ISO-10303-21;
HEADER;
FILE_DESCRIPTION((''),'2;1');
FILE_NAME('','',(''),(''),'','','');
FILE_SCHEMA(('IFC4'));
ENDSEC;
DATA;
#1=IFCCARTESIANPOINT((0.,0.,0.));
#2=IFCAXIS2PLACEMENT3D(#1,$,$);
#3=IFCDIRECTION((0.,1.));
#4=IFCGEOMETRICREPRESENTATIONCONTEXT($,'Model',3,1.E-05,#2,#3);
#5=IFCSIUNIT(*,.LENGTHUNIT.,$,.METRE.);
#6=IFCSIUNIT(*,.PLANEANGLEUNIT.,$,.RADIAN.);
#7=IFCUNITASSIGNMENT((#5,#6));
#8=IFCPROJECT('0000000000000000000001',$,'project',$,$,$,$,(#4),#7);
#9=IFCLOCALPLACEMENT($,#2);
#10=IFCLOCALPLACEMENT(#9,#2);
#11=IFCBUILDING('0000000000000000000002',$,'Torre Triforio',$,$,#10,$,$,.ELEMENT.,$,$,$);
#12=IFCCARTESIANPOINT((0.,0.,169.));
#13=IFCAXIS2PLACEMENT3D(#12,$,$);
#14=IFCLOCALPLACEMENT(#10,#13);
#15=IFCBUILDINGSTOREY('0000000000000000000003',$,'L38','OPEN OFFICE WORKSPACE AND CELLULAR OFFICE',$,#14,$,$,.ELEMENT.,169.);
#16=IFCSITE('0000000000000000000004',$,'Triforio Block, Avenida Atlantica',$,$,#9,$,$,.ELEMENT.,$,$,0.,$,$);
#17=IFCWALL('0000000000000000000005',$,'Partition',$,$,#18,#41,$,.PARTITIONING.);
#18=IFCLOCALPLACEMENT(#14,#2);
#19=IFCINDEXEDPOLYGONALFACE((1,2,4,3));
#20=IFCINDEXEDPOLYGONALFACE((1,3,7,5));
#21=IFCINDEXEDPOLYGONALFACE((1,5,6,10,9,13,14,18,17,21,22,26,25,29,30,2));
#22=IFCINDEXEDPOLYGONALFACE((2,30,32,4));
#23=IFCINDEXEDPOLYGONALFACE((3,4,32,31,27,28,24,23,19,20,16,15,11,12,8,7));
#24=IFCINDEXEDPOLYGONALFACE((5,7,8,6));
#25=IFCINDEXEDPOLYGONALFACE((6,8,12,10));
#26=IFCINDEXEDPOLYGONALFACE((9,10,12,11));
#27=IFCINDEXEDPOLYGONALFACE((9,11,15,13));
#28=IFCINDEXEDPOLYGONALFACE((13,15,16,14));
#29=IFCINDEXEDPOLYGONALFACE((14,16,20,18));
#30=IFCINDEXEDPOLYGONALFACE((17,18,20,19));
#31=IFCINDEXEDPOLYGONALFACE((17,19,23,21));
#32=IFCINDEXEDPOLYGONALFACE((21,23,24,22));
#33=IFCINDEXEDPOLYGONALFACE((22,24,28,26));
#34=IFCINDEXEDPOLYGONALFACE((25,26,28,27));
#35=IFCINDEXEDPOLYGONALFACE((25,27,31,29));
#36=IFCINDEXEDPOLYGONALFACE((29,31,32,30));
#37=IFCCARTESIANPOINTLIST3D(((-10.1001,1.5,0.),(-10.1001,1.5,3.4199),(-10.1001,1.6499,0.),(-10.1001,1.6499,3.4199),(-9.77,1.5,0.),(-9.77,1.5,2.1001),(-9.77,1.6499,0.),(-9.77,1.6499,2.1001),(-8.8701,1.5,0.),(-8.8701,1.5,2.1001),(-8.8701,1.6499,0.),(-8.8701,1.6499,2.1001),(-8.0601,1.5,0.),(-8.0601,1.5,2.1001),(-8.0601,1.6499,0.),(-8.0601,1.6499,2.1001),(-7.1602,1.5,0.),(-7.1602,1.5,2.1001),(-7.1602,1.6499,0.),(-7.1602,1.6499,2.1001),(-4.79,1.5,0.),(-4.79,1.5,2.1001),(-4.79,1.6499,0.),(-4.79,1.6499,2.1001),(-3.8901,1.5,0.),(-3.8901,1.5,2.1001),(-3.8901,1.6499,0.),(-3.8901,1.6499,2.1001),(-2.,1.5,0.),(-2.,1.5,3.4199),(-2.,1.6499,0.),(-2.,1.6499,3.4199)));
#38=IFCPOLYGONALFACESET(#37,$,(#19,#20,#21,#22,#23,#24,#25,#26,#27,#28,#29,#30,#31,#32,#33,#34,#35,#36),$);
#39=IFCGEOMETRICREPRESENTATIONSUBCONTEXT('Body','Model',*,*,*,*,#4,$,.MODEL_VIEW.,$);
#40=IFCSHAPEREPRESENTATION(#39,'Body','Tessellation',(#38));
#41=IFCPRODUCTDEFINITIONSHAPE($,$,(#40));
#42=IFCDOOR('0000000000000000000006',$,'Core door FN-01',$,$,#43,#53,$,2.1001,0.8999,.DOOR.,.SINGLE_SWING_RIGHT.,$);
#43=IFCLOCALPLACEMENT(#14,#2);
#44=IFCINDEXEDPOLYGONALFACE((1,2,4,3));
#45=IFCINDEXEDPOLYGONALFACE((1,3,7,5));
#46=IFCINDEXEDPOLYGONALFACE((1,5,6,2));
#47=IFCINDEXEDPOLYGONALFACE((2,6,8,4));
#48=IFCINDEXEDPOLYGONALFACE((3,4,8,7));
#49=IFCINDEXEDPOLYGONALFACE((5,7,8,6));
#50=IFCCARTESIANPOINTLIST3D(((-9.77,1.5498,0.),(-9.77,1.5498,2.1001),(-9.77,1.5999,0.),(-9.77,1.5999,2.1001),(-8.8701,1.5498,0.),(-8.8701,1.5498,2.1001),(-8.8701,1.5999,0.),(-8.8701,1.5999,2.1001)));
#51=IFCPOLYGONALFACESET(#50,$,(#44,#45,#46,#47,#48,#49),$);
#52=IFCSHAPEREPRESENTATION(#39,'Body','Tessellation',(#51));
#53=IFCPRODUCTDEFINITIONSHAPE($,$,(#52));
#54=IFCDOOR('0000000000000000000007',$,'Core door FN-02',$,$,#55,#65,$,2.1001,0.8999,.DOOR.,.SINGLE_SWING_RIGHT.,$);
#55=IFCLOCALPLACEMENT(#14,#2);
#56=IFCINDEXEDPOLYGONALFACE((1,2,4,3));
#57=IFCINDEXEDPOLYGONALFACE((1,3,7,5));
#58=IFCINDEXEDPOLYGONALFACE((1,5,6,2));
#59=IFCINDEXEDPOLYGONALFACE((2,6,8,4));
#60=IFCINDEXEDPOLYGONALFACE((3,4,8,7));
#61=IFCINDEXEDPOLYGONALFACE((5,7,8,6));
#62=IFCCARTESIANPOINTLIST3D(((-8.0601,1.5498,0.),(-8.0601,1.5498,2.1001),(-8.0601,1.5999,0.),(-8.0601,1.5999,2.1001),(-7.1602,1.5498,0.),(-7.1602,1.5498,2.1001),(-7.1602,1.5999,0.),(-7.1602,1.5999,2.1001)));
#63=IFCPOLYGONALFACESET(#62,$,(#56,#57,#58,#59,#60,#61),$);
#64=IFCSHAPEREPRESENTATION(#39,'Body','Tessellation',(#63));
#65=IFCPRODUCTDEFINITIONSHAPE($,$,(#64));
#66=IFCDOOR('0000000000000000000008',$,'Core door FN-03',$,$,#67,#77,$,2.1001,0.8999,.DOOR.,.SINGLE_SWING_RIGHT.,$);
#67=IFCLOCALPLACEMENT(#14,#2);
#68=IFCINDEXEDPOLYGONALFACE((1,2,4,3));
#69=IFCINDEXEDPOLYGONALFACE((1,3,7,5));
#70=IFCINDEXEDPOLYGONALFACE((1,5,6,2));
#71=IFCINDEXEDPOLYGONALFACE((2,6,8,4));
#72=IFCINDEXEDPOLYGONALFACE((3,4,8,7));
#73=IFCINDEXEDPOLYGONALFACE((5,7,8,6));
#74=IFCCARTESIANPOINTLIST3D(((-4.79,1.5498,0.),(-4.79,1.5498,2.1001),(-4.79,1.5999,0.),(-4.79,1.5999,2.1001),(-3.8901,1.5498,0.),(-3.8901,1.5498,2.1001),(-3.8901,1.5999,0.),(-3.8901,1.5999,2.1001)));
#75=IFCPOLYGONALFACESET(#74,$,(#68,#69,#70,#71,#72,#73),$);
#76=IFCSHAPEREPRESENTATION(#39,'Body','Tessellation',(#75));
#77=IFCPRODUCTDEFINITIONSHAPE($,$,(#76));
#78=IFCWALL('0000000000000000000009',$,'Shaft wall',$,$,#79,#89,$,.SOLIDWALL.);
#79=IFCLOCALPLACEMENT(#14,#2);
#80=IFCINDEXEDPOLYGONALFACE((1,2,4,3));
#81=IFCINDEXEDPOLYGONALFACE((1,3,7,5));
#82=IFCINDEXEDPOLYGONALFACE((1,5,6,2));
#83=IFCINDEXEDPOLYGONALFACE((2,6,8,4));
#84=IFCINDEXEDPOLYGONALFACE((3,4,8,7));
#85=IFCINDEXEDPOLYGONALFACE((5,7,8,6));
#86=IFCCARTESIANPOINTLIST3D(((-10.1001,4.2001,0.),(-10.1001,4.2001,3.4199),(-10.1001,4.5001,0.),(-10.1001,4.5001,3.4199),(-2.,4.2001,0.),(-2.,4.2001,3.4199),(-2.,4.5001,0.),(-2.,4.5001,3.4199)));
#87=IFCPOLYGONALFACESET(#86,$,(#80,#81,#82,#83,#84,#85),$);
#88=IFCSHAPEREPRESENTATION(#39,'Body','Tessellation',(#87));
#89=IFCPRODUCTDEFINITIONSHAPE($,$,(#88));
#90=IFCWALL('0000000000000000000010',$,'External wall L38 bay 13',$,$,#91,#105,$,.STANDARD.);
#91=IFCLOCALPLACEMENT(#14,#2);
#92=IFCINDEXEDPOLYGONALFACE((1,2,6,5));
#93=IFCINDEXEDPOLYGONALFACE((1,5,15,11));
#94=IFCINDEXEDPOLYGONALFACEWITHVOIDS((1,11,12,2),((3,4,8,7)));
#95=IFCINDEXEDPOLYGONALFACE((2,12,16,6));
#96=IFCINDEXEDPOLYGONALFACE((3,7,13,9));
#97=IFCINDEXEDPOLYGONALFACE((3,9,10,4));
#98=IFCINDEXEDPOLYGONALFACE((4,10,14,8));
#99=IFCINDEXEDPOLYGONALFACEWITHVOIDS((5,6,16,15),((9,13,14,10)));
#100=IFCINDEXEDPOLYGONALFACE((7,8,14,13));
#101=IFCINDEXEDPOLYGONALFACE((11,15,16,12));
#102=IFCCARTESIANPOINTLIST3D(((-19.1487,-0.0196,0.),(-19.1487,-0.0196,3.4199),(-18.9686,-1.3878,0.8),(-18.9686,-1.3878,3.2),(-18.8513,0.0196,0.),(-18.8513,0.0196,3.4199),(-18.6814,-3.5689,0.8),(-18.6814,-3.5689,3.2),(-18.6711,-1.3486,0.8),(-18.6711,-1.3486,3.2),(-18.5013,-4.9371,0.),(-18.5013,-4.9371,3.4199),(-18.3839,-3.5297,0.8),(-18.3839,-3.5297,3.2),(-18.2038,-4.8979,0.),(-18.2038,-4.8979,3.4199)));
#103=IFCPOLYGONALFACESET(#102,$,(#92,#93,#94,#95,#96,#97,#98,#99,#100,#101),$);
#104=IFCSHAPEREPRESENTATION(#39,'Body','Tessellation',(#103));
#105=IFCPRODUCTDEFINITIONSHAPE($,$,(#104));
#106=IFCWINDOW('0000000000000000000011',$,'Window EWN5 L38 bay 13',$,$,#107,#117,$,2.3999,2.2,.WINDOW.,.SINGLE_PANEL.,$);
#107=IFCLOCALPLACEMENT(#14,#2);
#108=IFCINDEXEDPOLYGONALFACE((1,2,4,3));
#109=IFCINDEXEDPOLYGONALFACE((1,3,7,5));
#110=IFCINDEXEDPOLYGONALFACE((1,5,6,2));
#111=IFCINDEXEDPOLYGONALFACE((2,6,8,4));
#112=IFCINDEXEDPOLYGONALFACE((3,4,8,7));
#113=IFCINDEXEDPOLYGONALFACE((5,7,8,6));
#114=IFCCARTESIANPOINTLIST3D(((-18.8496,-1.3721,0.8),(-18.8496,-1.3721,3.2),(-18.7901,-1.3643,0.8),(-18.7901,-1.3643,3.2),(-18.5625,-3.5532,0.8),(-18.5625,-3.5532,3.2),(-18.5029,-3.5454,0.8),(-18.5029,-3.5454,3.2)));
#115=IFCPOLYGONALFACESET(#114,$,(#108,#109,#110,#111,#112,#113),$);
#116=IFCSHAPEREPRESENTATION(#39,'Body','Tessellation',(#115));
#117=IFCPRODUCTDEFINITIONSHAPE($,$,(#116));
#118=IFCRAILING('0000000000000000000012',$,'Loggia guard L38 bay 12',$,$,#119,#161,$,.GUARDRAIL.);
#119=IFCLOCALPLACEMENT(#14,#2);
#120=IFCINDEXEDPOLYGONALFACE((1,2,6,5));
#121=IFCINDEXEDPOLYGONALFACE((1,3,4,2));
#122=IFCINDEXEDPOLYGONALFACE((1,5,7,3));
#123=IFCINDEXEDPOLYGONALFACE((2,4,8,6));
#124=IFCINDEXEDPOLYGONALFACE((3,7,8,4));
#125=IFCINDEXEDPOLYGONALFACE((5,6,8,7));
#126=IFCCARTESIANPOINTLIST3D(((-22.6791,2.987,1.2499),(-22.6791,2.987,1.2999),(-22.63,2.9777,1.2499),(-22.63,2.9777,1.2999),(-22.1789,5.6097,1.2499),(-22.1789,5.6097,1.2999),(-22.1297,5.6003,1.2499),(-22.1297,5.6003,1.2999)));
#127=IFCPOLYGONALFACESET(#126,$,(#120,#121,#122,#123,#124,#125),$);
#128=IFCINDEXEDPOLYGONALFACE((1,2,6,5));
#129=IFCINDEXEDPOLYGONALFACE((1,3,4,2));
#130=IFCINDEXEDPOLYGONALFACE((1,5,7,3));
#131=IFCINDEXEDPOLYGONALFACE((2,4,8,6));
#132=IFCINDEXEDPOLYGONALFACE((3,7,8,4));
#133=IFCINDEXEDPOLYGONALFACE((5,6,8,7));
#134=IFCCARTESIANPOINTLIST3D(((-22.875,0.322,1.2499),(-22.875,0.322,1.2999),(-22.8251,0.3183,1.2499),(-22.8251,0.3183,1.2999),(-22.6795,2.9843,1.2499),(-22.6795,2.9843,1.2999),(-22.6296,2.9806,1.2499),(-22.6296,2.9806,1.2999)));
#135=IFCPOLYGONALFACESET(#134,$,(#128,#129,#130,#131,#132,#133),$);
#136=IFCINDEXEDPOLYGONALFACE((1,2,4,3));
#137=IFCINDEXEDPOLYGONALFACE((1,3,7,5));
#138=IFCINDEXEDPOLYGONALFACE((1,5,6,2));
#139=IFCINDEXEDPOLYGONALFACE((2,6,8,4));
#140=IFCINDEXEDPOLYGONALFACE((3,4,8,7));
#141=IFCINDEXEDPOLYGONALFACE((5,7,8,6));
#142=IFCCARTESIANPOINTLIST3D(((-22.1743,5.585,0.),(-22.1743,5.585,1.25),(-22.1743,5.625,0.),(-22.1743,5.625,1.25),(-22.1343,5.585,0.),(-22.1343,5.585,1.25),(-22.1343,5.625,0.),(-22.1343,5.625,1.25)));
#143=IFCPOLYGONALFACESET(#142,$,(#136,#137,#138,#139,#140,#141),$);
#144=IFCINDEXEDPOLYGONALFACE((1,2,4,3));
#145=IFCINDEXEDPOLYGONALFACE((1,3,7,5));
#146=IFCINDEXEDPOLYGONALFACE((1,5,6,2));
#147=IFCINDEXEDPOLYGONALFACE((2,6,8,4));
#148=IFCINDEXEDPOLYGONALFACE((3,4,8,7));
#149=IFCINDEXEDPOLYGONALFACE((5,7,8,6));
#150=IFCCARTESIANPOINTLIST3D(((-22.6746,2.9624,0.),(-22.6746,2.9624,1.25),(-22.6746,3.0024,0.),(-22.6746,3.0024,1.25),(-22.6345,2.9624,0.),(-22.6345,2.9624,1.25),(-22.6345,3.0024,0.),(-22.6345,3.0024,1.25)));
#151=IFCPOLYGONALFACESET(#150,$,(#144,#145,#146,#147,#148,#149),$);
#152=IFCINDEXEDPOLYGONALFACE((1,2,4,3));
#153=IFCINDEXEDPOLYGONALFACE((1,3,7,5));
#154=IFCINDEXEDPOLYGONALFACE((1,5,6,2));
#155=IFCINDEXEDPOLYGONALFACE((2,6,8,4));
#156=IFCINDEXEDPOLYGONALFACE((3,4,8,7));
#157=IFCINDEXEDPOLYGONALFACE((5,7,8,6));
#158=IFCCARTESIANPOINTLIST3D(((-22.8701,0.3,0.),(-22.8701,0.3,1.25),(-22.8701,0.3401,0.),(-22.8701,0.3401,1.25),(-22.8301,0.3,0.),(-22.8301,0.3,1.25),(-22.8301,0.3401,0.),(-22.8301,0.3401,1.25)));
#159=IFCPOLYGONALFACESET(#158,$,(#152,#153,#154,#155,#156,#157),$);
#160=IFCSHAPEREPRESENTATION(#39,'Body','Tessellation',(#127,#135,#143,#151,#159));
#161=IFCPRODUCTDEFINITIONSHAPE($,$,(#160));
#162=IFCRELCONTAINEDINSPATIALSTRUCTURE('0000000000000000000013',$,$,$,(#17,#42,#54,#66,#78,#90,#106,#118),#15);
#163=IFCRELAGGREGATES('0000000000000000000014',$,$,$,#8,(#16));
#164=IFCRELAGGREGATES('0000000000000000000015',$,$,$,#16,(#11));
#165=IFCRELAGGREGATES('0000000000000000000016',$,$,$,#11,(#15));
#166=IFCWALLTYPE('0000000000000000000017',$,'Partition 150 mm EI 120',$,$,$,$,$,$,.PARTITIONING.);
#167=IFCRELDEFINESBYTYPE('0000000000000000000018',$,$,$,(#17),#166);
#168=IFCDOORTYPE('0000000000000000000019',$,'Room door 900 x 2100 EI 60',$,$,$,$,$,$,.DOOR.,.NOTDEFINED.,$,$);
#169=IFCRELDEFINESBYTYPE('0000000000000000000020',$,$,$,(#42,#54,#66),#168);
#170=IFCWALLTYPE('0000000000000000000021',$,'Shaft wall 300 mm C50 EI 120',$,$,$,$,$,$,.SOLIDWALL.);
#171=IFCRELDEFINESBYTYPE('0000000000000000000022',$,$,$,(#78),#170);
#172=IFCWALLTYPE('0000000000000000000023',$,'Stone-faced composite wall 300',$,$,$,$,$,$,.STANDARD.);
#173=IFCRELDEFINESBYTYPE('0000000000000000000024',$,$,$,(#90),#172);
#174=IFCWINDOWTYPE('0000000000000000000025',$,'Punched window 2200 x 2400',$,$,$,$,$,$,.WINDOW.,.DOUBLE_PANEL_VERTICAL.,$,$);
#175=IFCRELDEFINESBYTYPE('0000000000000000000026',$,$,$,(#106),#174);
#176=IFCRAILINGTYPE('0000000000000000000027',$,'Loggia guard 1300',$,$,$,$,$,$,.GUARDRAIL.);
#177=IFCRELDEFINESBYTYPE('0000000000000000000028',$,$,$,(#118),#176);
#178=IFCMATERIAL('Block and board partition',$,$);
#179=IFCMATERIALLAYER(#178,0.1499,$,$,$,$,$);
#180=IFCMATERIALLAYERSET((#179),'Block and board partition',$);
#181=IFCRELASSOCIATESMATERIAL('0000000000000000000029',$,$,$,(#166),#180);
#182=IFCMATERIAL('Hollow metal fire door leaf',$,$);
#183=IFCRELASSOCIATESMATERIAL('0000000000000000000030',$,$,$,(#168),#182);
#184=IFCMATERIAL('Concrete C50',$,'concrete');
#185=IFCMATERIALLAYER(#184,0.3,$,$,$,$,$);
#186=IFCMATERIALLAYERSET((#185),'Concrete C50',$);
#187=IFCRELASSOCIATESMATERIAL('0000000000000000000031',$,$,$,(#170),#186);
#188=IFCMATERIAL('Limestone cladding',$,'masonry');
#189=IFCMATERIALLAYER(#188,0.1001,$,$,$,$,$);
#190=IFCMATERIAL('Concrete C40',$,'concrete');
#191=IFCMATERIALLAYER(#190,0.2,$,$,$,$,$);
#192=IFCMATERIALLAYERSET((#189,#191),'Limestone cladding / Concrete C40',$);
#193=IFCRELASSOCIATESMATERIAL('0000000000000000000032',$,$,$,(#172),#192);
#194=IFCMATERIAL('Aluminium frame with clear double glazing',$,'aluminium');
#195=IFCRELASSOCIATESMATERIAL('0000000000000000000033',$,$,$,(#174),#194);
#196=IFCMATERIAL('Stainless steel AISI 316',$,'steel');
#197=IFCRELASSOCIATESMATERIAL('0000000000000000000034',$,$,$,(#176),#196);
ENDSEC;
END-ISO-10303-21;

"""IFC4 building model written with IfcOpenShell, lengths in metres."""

from ifc_helpers import new_model, si_unit, direction, frame, frame_2d, origin, origin_2d, place, context, subcontext, project, spatial, rectangle, extrude, material, layer, layer_set, type_object, element, fill, save


model = new_model("IFC4")

# Units and contexts
model_context = context("Model", 3, precision=1e-05, world=origin(), true_north=direction((0.0, 1.0)))
body_context = subcontext(model_context, "Body", "Model", "MODEL_VIEW")
ifc_project = project(units=[si_unit("LENGTHUNIT", "METRE"), si_unit("PLANEANGLEUNIT", "RADIAN")], contexts=[model_context])

# Site, building, storey
site_placement = place(None, origin())
site = spatial("IfcSite", under=ifc_project, at=site_placement, Name="Triforio Block, Avenida Atlantica", CompositionType="ELEMENT", RefElevation=0.0)
building_placement = place(site_placement, origin())
building = spatial("IfcBuilding", under=site, at=building_placement, Name="Torre Triforio", CompositionType="ELEMENT")
storey_placement = place(building_placement, frame((0.0, 0.0, 169.0)))
storey = spatial("IfcBuildingStorey", under=building, at=storey_placement, Name="L38", Description="OPEN OFFICE WORKSPACE AND CELLULAR OFFICE", CompositionType="ELEMENT", Elevation=169.0)

# Shared definitions
ifc_material_1 = material(Name="Concrete C50", Category="concrete")

# Shared definitions
ifc_material_2 = material(Name="Concrete C40", Category="concrete")

# Shared definitions
ifc_material_3 = material(Name="Hollow metal fire door leaf")

# Wall, openings, doors
ifc_material_4 = material(Name="Block and board partition")
ifc_layer_1 = layer(ifc_material_4, 0.1499)
ifc_layer_set_1 = layer_set([ifc_layer_1], Name="Block and board partition")
wall_type_1 = type_object("IfcWallType", Name="Partition 150 mm EI 120", PredefinedType="PARTITIONING", material=ifc_layer_set_1)
wall_1_placement = place(storey_placement, frame((-10.1001, 1.575, 0.0), z_axis=(0.0, 0.0, 1.0), x_axis=(1.0, 0.0, 0.0)))
wall_1 = element("IfcWall", 1, at=wall_1_placement, inside=storey, type_object=wall_type_1, Name="Partition", PredefinedType="PARTITIONING", context=body_context, shape_type="SweptSolid", body=[
    extrude(rectangle(XDim=8.1001, YDim=0.1499, at=frame_2d((4.05, 0.0))), origin(), (0.0, 0.0, 1.0), 3.4199),
])
opening_1_placement = place(wall_1_placement, frame((0.3301, 0.0, 0.0)))
opening_1 = element("IfcOpeningElement", 2, at=opening_1_placement, cuts=wall_1, PredefinedType="OPENING", context=body_context, shape_type="SweptSolid", body=[
    extrude(rectangle(XDim=0.8999, YDim=2.1001, at=frame_2d((0.45, 1.05))), frame((0.0, 0.085, 0.0), z_axis=(0.0, -1.0, 0.0), x_axis=(1.0, 0.0, 0.0)), (0.0, 0.0, 1.0), 0.1699),
])
opening_2_placement = place(wall_1_placement, frame((2.04, 0.0, 0.0)))
opening_2 = element("IfcOpeningElement", 3, at=opening_2_placement, cuts=wall_1, PredefinedType="OPENING", context=body_context, shape_type="SweptSolid", body=[
    extrude(rectangle(XDim=0.8999, YDim=2.1001, at=frame_2d((0.45, 1.05))), frame((0.0, 0.085, 0.0), z_axis=(0.0, -1.0, 0.0), x_axis=(1.0, 0.0, 0.0)), (0.0, 0.0, 1.0), 0.1699),
])
opening_3_placement = place(wall_1_placement, frame((5.3101, 0.0, 0.0)))
opening_3 = element("IfcOpeningElement", 4, at=opening_3_placement, cuts=wall_1, PredefinedType="OPENING", context=body_context, shape_type="SweptSolid", body=[
    extrude(rectangle(XDim=0.8999, YDim=2.1001, at=frame_2d((0.45, 1.05))), frame((0.0, 0.085, 0.0), z_axis=(0.0, -1.0, 0.0), x_axis=(1.0, 0.0, 0.0)), (0.0, 0.0, 1.0), 0.1699),
])
door_type_1 = type_object("IfcDoorType", Name="Room door 900 x 2100 EI 60", OperationType="NOTDEFINED", PredefinedType="DOOR", material=ifc_material_3)
door_1_placement = place(opening_1_placement, origin())
door_1 = element("IfcDoor", 5, at=door_1_placement, inside=storey, type_object=door_type_1, Name="Core door FN-01", OperationType="SINGLE_SWING_RIGHT", OverallHeight=2.1001, OverallWidth=0.8999, PredefinedType="DOOR", context=body_context, shape_type="SweptSolid", body=[
    extrude(rectangle(XDim=0.8999, YDim=2.1001, at=frame_2d((0.45, 1.05))), frame((0.0, 0.0249, 0.0), z_axis=(0.0, -1.0, 0.0), x_axis=(1.0, 0.0, 0.0)), (0.0, 0.0, 1.0), 0.05),
])
fill(opening_1, door_1)
door_2_placement = place(opening_2_placement, origin())
door_2 = element("IfcDoor", 6, at=door_2_placement, inside=storey, type_object=door_type_1, Name="Core door FN-02", OperationType="SINGLE_SWING_RIGHT", OverallHeight=2.1001, OverallWidth=0.8999, PredefinedType="DOOR", context=body_context, shape_type="SweptSolid", body=[
    extrude(rectangle(XDim=0.8999, YDim=2.1001, at=frame_2d((0.45, 1.05))), frame((0.0, 0.0249, 0.0), z_axis=(0.0, -1.0, 0.0), x_axis=(1.0, 0.0, 0.0)), (0.0, 0.0, 1.0), 0.05),
])
fill(opening_2, door_2)
door_3_placement = place(opening_3_placement, origin())
door_3 = element("IfcDoor", 7, at=door_3_placement, inside=storey, type_object=door_type_1, Name="Core door FN-03", OperationType="SINGLE_SWING_RIGHT", OverallHeight=2.1001, OverallWidth=0.8999, PredefinedType="DOOR", context=body_context, shape_type="SweptSolid", body=[
    extrude(rectangle(XDim=0.8999, YDim=2.1001, at=frame_2d((0.45, 1.05))), frame((0.0, 0.0249, 0.0), z_axis=(0.0, -1.0, 0.0), x_axis=(1.0, 0.0, 0.0)), (0.0, 0.0, 1.0), 0.05),
])
fill(opening_3, door_3)

# Wall
ifc_layer_2 = layer(ifc_material_1, 0.3)
ifc_layer_set_2 = layer_set([ifc_layer_2], Name="Concrete C50")
wall_type_2 = type_object("IfcWallType", Name="Shaft wall 300 mm C50 EI 120", PredefinedType="SOLIDWALL", material=ifc_layer_set_2)
wall_2_placement = place(storey_placement, frame((-10.1001, 4.3501, 0.0), z_axis=(0.0, 0.0, 1.0), x_axis=(1.0, 0.0, 0.0)))
element("IfcWall", 8, at=wall_2_placement, inside=storey, type_object=wall_type_2, Name="Shaft wall", PredefinedType="SOLIDWALL", context=body_context, shape_type="SweptSolid", body=[
    extrude(rectangle(XDim=8.1001, YDim=0.3, at=frame_2d((4.05, 0.0))), origin(), (0.0, 0.0, 1.0), 3.4199),
])

# Shared definitions
ifc_material_5 = material(Name="Limestone cladding", Category="masonry")
ifc_layer_3 = layer(ifc_material_5, 0.1001)
ifc_layer_4 = layer(ifc_material_2, 0.2)
ifc_layer_set_3 = layer_set([ifc_layer_3, ifc_layer_4], Name="Limestone cladding / Concrete C40")
wall_type_3 = type_object("IfcWallType", Name="Stone-faced composite wall 300", PredefinedType="STANDARD", material=ifc_layer_set_3)
ifc_material_6 = material(Name="Aluminium frame with clear double glazing", Category="aluminium")

# Wall, opening, window
wall_3_placement = place(storey_placement, frame((-19.0, 0.0, 0.0), z_axis=(0.0, 0.0, 1.0), x_axis=(0.130539, -0.991443, 0.0)))
wall_3 = element("IfcWall", 9, at=wall_3_placement, inside=storey, type_object=wall_type_3, Name="External wall L38 bay 13", PredefinedType="STANDARD", context=body_context, shape_type="SweptSolid", body=[
    extrude(rectangle(XDim=4.96, YDim=0.3, at=frame_2d((2.48, 0.0))), origin(), (0.0, 0.0, 1.0), 3.4199),
])
opening_4_placement = place(wall_3_placement, frame((1.3799, 0.0, 0.8)))
opening_4 = element("IfcOpeningElement", 10, at=opening_4_placement, cuts=wall_3, PredefinedType="OPENING", context=body_context, shape_type="SweptSolid", body=[
    extrude(rectangle(XDim=2.2, YDim=2.3999, at=frame_2d((1.1001, 1.2))), frame((0.0, 0.1599, 0.0), z_axis=(0.0, -1.0, 0.0), x_axis=(1.0, 0.0, 0.0)), (0.0, 0.0, 1.0), 0.3201),
])
window_type_1 = type_object("IfcWindowType", Name="Punched window 2200 x 2400", PartitioningType="DOUBLE_PANEL_VERTICAL", PredefinedType="WINDOW", material=ifc_material_6)
window_1_placement = place(opening_4_placement, origin())
window_1 = element("IfcWindow", 11, at=window_1_placement, inside=storey, type_object=window_type_1, Name="Window EWN5 L38 bay 13", OverallHeight=2.3999, OverallWidth=2.2, PartitioningType="SINGLE_PANEL", PredefinedType="WINDOW", context=body_context, shape_type="SweptSolid", body=[
    extrude(rectangle(XDim=2.2, YDim=2.3999, at=frame_2d((1.1001, 1.2))), frame((0.0, 0.03, 0.0), z_axis=(0.0, -1.0, 0.0), x_axis=(1.0, 0.0, 0.0)), (0.0, 0.0, 1.0), 0.0601),
])
fill(opening_4, window_1)

# Railing
ifc_material_7 = material(Name="Stainless steel AISI 316", Category="steel")
railing_type = type_object("IfcRailingType", Name="Loggia guard 1300", PredefinedType="GUARDRAIL", material=ifc_material_7)
railing_placement = place(storey_placement, frame((-22.1543, 5.605, 0.0)))
element("IfcRailing", 12, at=railing_placement, inside=storey, type_object=railing_type, Name="Loggia guard L38 bay 12", PredefinedType="GUARDRAIL", context=body_context, shape_type="SweptSolid", body=[
    extrude(rectangle(XDim=0.05, YDim=0.05, at=origin_2d()), frame((0.0, 0.0, 1.2749), z_axis=(-0.187368, -0.98229, 0.0), x_axis=(0.98229, -0.187368, 0.0)), (0.0, 0.0, 1.0), 2.6699),
    extrude(rectangle(XDim=0.05, YDim=0.05, at=origin_2d()), frame((-0.5002, -2.6226, 1.2749), z_axis=(-0.073255, -0.997313, 0.0), x_axis=(0.997313, -0.073255, 0.0)), (0.0, 0.0, 1.0), 2.6694),
    extrude(rectangle(XDim=0.04, YDim=0.04, at=origin_2d()), origin(), (0.0, 0.0, 1.0), 1.25),
    extrude(rectangle(XDim=0.04, YDim=0.04, at=origin_2d()), frame((-0.5002, -2.6226, 0.0)), (0.0, 0.0, 1.0), 1.25),
    extrude(rectangle(XDim=0.04, YDim=0.04, at=origin_2d()), frame((-0.6958, -5.2849, 0.0)), (0.0, 0.0, 1.0), 1.25),
])

save(model, "model.ifc")
